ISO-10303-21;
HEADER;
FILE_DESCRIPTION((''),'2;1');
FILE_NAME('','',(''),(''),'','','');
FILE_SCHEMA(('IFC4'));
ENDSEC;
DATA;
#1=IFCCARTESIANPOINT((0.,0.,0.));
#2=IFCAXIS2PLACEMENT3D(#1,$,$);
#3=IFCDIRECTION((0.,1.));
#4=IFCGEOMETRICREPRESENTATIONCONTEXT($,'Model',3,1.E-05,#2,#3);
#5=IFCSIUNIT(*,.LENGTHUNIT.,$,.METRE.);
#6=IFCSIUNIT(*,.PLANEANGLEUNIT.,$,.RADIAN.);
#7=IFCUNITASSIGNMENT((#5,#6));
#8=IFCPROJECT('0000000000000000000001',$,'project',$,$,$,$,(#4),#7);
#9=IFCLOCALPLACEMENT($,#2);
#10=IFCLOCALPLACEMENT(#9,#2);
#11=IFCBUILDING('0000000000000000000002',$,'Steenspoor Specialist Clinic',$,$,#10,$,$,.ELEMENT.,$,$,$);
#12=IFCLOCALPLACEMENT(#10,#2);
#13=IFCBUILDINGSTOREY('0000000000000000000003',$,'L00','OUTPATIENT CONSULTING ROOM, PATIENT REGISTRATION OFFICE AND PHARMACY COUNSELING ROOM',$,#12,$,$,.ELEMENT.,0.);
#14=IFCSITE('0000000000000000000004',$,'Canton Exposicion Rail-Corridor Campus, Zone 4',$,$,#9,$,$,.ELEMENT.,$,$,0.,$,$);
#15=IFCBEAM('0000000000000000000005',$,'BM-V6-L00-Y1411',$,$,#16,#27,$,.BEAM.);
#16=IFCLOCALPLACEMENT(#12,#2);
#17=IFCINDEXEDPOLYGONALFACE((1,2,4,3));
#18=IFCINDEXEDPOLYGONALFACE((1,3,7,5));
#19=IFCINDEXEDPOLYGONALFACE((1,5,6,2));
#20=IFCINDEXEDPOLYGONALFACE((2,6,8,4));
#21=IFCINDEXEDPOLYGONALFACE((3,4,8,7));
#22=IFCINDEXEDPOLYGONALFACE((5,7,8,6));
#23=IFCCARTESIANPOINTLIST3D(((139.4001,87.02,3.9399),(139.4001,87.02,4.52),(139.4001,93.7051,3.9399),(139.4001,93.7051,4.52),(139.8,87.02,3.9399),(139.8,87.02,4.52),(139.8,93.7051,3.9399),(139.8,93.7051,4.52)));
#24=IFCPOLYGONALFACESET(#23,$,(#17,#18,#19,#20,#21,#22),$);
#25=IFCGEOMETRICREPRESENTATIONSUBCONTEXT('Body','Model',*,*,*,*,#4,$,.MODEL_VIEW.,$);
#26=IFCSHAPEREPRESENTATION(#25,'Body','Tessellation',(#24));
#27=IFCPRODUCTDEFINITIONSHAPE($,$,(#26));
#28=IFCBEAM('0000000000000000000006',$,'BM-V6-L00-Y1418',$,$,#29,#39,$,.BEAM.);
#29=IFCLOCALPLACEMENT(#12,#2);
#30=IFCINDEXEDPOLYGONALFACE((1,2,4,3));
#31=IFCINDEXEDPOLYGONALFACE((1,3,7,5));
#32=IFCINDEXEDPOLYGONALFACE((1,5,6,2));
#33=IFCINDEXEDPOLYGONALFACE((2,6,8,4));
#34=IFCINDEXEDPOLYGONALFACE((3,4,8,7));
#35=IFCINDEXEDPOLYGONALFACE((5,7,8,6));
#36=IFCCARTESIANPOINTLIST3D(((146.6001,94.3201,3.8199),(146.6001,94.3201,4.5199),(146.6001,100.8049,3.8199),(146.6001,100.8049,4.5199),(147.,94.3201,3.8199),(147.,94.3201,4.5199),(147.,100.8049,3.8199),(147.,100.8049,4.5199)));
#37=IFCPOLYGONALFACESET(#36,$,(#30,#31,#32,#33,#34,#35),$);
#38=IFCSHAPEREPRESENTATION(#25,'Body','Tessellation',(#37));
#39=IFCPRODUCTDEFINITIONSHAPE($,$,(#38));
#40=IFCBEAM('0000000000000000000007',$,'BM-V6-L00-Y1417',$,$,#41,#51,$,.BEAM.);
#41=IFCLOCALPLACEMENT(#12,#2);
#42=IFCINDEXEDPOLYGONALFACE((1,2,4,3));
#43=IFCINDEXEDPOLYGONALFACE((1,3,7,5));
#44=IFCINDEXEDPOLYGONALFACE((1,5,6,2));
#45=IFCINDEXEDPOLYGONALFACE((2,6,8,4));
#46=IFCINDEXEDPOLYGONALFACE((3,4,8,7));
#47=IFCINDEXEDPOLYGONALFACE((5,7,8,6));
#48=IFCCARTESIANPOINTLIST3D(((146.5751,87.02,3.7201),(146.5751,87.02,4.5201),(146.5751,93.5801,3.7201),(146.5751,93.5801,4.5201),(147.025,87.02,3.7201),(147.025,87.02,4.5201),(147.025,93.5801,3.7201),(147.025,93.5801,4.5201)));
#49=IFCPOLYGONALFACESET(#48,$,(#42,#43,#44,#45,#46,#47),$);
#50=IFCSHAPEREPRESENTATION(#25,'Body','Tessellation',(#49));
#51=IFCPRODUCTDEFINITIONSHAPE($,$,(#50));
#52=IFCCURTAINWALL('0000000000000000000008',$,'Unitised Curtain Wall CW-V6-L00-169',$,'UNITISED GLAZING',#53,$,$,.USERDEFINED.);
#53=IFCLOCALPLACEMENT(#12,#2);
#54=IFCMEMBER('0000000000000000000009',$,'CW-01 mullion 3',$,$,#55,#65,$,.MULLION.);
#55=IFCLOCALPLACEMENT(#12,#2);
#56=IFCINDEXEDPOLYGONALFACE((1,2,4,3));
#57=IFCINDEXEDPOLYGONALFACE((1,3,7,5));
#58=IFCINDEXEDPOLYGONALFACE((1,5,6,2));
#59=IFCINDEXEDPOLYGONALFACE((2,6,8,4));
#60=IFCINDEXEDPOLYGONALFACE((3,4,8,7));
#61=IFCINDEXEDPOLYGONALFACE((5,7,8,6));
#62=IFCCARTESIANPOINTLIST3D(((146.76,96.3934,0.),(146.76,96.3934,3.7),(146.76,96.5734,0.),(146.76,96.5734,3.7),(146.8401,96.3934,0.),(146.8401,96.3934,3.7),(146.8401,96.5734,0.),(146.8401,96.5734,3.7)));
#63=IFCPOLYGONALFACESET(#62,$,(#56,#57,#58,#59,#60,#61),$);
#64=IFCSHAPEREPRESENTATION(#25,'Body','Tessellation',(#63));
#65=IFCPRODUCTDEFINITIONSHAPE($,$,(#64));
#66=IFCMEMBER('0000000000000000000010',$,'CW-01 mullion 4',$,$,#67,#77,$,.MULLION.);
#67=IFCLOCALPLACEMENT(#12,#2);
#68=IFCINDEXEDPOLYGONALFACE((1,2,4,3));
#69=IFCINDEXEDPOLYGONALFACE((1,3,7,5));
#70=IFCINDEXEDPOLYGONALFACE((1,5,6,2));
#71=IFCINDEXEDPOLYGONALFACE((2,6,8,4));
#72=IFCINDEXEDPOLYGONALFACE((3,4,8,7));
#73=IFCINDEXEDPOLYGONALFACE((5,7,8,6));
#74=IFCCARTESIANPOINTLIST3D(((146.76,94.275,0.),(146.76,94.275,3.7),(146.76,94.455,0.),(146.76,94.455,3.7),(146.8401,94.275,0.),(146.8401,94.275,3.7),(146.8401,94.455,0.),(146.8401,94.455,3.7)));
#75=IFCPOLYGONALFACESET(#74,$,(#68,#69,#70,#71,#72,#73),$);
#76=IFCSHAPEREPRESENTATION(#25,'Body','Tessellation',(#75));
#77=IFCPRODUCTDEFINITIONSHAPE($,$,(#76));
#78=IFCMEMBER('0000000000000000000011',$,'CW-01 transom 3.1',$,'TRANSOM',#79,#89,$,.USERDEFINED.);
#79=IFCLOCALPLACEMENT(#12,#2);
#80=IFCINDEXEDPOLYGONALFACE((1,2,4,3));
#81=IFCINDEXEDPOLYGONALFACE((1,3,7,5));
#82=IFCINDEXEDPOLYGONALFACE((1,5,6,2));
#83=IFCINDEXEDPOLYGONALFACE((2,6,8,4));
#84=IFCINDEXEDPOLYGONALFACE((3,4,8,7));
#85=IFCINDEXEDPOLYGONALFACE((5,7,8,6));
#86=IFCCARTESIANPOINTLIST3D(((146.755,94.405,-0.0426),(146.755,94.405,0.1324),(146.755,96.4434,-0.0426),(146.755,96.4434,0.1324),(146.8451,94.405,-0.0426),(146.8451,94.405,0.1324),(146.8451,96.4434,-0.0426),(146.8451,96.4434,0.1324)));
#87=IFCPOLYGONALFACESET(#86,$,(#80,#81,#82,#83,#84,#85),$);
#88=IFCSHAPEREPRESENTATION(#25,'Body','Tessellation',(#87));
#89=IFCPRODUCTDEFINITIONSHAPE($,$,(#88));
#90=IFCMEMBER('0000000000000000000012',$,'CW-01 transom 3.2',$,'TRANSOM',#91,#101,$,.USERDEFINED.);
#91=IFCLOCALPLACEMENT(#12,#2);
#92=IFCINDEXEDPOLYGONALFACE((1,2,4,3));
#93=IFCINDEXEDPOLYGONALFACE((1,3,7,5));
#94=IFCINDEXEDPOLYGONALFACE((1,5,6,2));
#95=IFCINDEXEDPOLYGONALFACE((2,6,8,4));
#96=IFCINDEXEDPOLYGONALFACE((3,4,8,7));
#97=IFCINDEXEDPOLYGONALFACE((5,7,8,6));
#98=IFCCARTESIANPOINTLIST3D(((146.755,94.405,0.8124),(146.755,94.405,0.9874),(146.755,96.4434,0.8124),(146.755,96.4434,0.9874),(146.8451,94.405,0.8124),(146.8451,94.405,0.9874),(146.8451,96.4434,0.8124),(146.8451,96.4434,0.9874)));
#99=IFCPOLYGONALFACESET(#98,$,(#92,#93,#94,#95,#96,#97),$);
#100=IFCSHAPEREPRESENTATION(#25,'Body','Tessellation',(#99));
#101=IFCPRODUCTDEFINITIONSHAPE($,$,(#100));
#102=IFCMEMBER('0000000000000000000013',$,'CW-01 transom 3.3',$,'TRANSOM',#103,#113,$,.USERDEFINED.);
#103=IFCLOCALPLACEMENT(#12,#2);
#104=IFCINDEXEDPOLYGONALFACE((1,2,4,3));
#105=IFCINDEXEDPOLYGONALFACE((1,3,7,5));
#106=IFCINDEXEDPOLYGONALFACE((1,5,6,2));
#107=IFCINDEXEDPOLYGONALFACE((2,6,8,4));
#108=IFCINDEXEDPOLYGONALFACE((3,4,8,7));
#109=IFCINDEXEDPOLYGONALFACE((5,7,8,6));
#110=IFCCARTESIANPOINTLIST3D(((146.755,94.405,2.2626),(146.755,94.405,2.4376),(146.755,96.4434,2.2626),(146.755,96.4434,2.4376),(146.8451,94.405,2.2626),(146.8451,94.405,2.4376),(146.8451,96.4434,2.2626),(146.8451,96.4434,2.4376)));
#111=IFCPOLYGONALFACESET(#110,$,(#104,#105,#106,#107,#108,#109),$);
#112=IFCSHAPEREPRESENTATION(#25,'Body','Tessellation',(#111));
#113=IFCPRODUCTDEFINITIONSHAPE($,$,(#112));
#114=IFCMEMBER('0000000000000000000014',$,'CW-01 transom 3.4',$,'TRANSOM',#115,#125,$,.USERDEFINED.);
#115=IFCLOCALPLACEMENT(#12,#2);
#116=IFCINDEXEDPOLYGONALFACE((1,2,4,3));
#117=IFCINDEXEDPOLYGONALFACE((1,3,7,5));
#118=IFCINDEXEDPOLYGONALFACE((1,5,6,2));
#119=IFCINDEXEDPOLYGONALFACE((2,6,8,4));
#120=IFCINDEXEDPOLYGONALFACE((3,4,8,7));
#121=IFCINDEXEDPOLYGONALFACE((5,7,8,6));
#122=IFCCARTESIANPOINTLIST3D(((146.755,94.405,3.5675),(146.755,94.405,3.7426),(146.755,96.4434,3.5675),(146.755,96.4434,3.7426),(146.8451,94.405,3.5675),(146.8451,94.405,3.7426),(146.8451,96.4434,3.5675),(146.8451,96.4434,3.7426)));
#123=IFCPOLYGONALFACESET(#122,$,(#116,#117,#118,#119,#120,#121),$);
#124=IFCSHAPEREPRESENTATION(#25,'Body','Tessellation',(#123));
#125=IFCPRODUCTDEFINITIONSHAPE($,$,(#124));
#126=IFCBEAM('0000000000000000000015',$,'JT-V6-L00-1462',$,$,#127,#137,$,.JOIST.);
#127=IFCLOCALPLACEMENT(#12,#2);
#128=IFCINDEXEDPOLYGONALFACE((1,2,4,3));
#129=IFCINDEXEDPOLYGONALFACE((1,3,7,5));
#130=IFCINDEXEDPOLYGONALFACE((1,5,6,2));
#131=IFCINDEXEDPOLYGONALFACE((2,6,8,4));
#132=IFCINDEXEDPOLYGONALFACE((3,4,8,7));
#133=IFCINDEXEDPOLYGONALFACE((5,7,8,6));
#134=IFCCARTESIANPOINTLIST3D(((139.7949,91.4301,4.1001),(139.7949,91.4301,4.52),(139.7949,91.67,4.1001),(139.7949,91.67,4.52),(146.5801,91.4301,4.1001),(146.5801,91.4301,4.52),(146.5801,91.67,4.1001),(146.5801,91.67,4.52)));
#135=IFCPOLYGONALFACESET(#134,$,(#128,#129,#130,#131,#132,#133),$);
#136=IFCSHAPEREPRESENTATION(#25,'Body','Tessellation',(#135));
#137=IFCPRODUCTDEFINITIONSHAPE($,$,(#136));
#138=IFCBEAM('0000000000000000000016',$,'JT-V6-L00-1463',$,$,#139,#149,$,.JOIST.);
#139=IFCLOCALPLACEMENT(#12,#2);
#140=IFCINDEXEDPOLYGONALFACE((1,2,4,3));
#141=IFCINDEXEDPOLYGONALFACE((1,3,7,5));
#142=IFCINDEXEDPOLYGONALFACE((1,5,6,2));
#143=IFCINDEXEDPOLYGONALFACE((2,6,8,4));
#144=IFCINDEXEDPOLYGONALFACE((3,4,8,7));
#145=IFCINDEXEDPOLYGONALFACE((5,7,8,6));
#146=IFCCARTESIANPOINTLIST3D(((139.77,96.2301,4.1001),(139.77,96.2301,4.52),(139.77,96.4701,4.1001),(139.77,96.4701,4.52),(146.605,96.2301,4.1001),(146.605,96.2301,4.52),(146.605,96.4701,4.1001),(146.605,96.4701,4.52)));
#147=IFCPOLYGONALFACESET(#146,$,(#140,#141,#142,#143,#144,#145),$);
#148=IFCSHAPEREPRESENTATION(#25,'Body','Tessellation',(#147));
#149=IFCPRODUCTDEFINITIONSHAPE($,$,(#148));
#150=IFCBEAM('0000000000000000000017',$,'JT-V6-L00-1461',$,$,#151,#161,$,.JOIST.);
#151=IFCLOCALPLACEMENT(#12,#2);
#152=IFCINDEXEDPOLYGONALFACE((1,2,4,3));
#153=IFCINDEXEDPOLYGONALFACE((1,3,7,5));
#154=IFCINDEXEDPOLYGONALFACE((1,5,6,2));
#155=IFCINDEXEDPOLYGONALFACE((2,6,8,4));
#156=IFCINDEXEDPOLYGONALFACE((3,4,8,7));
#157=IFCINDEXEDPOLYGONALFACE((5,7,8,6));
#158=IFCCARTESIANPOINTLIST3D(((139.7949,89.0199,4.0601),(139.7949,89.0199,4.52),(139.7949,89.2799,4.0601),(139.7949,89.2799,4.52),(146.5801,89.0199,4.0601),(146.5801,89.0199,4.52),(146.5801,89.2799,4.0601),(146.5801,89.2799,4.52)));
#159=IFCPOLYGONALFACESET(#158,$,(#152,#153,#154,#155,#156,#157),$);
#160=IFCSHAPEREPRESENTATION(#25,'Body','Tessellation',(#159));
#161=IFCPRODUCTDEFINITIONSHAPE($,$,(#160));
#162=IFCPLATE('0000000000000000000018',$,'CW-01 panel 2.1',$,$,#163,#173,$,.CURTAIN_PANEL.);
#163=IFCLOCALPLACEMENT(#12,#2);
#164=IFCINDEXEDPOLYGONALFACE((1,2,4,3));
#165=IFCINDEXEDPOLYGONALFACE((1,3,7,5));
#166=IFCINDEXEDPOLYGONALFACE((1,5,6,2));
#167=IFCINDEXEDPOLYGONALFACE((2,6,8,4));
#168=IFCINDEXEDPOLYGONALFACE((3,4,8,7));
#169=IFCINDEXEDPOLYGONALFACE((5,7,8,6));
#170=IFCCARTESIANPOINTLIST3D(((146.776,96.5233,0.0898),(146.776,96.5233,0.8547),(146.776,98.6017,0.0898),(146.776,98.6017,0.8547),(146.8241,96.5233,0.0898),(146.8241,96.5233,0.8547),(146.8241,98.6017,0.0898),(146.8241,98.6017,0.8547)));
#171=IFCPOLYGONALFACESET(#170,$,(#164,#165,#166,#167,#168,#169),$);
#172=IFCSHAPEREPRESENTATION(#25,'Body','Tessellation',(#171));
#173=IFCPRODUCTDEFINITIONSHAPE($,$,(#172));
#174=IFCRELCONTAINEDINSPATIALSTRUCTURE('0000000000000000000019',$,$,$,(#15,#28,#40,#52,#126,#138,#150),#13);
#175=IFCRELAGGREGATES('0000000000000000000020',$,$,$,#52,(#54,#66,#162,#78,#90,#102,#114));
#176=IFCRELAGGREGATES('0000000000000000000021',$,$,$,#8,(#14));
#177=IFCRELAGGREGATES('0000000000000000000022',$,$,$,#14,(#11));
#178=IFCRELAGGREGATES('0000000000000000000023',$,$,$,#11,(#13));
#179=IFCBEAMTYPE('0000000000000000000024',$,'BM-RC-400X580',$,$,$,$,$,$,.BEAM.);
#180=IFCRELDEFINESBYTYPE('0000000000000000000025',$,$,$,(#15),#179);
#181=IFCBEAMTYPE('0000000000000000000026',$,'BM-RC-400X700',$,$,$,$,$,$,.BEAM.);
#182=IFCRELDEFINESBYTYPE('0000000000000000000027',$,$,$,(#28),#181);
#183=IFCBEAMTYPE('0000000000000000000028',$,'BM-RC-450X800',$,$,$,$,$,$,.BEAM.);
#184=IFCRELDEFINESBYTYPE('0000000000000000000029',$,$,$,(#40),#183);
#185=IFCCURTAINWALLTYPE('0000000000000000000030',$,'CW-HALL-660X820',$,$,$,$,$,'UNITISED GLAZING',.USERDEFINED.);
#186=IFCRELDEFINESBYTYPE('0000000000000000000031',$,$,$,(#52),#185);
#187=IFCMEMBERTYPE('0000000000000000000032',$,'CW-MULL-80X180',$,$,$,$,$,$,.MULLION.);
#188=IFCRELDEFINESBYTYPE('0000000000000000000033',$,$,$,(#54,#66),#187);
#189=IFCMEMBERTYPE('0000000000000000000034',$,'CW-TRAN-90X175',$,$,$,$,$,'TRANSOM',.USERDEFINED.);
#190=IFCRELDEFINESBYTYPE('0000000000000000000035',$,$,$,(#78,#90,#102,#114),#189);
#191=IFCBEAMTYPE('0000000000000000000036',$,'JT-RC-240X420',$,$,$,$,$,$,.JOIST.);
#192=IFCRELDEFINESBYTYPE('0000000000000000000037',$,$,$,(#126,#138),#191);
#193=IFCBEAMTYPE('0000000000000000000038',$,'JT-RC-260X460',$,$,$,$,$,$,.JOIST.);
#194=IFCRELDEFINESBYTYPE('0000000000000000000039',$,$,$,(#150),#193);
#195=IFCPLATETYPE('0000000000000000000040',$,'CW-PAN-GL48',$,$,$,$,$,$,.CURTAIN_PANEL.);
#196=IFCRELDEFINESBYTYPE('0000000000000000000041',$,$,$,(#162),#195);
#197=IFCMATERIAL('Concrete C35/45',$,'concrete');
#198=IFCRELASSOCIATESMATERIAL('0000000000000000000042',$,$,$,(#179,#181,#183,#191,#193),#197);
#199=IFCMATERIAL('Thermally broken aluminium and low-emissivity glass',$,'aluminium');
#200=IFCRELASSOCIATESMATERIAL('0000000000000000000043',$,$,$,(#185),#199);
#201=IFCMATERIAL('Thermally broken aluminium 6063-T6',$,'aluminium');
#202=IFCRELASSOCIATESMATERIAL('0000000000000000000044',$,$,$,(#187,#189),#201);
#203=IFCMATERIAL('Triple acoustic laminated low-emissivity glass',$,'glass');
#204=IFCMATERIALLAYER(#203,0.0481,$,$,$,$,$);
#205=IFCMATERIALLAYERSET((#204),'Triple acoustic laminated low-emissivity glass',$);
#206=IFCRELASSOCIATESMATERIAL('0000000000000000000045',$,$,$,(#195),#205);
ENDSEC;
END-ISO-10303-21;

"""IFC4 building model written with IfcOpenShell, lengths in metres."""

from ifc_helpers import new_model, si_unit, direction, frame, origin, origin_2d, place, context, subcontext, project, spatial, rectangle, extrude, material, layer, layer_set, material_profile, profile_set, type_object, element, aggregate, save


model = new_model("IFC4")

# Units and contexts
model_context = context("Model", 3, precision=1e-05, world=origin(), true_north=direction((0.0, 1.0)))
body_context = subcontext(model_context, "Body", "Model", "MODEL_VIEW")
ifc_project = project(units=[si_unit("LENGTHUNIT", "METRE"), si_unit("PLANEANGLEUNIT", "RADIAN")], contexts=[model_context])

# Site, building, storey
site_placement = place(None, origin())
site = spatial("IfcSite", under=ifc_project, at=site_placement, Name="Canton Exposicion Rail-Corridor Campus, Zone 4", CompositionType="ELEMENT", RefElevation=0.0)
building_placement = place(site_placement, origin())
building = spatial("IfcBuilding", under=site, at=building_placement, Name="Steenspoor Specialist Clinic", CompositionType="ELEMENT")
storey_placement = place(building_placement, origin())
storey = spatial("IfcBuildingStorey", under=building, at=storey_placement, Name="L00", Description="OUTPATIENT CONSULTING ROOM, PATIENT REGISTRATION OFFICE AND PHARMACY COUNSELING ROOM", CompositionType="ELEMENT", Elevation=0.0)

# Shared definitions
ifc_material_1 = material(Name="Concrete C35/45", Category="concrete")

# Beams
ifc_material_profile_1 = material_profile(ifc_material_1, rectangle(XDim=0.3999, YDim=0.5801, at=origin_2d()), Name="RC-BM-400X580")
ifc_profile_set_1 = profile_set([ifc_material_profile_1], Name="Concrete C35/45")
beam_type_1 = type_object("IfcBeamType", Name="BM-RC-400X580", PredefinedType="BEAM", material=ifc_profile_set_1)
beam_1_placement = place(storey_placement, frame((139.6001, 87.02, 4.23), z_axis=(0.0, 1.0, 0.0), x_axis=(-1.0, 0.0, 0.0)))
element("IfcBeam", 1, at=beam_1_placement, inside=storey, type_object=beam_type_1, Name="BM-V6-L00-Y1411", PredefinedType="BEAM", context=body_context, shape_type="SweptSolid", body=[
    extrude(rectangle(XDim=0.3999, YDim=0.5801, at=origin_2d()), origin(), (0.0, 0.0, 1.0), 6.6851),
])
ifc_material_profile_2 = material_profile(ifc_material_1, rectangle(XDim=0.3999, YDim=0.7, at=origin_2d()), Name="RC-BM-400X700")
ifc_profile_set_2 = profile_set([ifc_material_profile_2], Name="Concrete C35/45")
beam_type_2 = type_object("IfcBeamType", Name="BM-RC-400X700", PredefinedType="BEAM", material=ifc_profile_set_2)
beam_2_placement = place(storey_placement, frame((146.8, 94.3201, 4.1699), z_axis=(0.0, 1.0, 0.0), x_axis=(-1.0, 0.0, 0.0)))
element("IfcBeam", 2, at=beam_2_placement, inside=storey, type_object=beam_type_2, Name="BM-V6-L00-Y1418", PredefinedType="BEAM", context=body_context, shape_type="SweptSolid", body=[
    extrude(rectangle(XDim=0.3999, YDim=0.7, at=origin_2d()), origin(), (0.0, 0.0, 1.0), 6.4849),
])
ifc_material_profile_3 = material_profile(ifc_material_1, rectangle(XDim=0.45, YDim=0.8, at=origin_2d()), Name="RC-BM-450X800")
ifc_profile_set_3 = profile_set([ifc_material_profile_3], Name="Concrete C35/45")
beam_type_3 = type_object("IfcBeamType", Name="BM-RC-450X800", PredefinedType="BEAM", material=ifc_profile_set_3)
beam_3_placement = place(storey_placement, frame((146.8, 87.02, 4.1201), z_axis=(0.0, 1.0, 0.0), x_axis=(-1.0, 0.0, 0.0)))
element("IfcBeam", 3, at=beam_3_placement, inside=storey, type_object=beam_type_3, Name="BM-V6-L00-Y1417", PredefinedType="BEAM", context=body_context, shape_type="SweptSolid", body=[
    extrude(rectangle(XDim=0.45, YDim=0.8, at=origin_2d()), origin(), (0.0, 0.0, 1.0), 6.5601),
])

# Curtain wall, members
ifc_material_2 = material(Name="Thermally broken aluminium and low-emissivity glass", Category="aluminium")
curtain_wall_type = type_object("IfcCurtainWallType", Name="CW-HALL-660X820", ElementType="UNITISED GLAZING", PredefinedType="USERDEFINED", material=ifc_material_2)
curtain_wall_placement = place(storey_placement, origin())
curtain_wall = element("IfcCurtainWall", 4, at=curtain_wall_placement, inside=storey, type_object=curtain_wall_type, Name="Unitised Curtain Wall CW-V6-L00-169", ObjectType="UNITISED GLAZING", PredefinedType="USERDEFINED")
ifc_material_3 = material(Name="Thermally broken aluminium 6063-T6", Category="aluminium")
ifc_material_profile_4 = material_profile(ifc_material_3, rectangle(XDim=0.0801, YDim=0.1799, at=origin_2d()), Name="CWM-80X180")
ifc_profile_set_4 = profile_set([ifc_material_profile_4], Name="Thermally broken aluminium 6063-T6")
member_type_1 = type_object("IfcMemberType", Name="CW-MULL-80X180", PredefinedType="MULLION", material=ifc_profile_set_4)
member_1_placement = place(storey_placement, frame((146.8, 96.4834, 0.0), z_axis=(0.0, 0.0, 1.0), x_axis=(1.0, 0.0, 0.0)))
member_1 = element("IfcMember", 5, at=member_1_placement, type_object=member_type_1, Name="CW-01 mullion 3", PredefinedType="MULLION", context=body_context, shape_type="SweptSolid", body=[
    extrude(rectangle(XDim=0.0801, YDim=0.1799, at=origin_2d()), origin(), (0.0, 0.0, 1.0), 3.7),
])
member_2_placement = place(storey_placement, frame((146.8, 94.365, 0.0), z_axis=(0.0, 0.0, 1.0), x_axis=(1.0, 0.0, 0.0)))
member_2 = element("IfcMember", 6, at=member_2_placement, type_object=member_type_1, Name="CW-01 mullion 4", PredefinedType="MULLION", context=body_context, shape_type="SweptSolid", body=[
    extrude(rectangle(XDim=0.0801, YDim=0.1799, at=origin_2d()), origin(), (0.0, 0.0, 1.0), 3.7),
])
ifc_material_profile_5 = material_profile(ifc_material_3, rectangle(XDim=0.0901, YDim=0.175, at=origin_2d()), Name="CWT-90X175")
ifc_profile_set_5 = profile_set([ifc_material_profile_5], Name="Thermally broken aluminium 6063-T6")
member_type_2 = type_object("IfcMemberType", Name="CW-TRAN-90X175", ElementType="TRANSOM", PredefinedType="USERDEFINED", material=ifc_profile_set_5)
member_3_placement = place(storey_placement, frame((146.8, 96.4434, 0.0449), z_axis=(0.0, -1.0, 0.0), x_axis=(1.0, 0.0, 0.0)))
member_3 = element("IfcMember", 7, at=member_3_placement, type_object=member_type_2, Name="CW-01 transom 3.1", ObjectType="TRANSOM", PredefinedType="USERDEFINED", context=body_context, shape_type="SweptSolid", body=[
    extrude(rectangle(XDim=0.0901, YDim=0.175, at=origin_2d()), origin(), (0.0, 0.0, 1.0), 2.0383),
])
member_4_placement = place(storey_placement, frame((146.8, 96.4434, 0.8999), z_axis=(0.0, -1.0, 0.0), x_axis=(1.0, 0.0, 0.0)))
member_4 = element("IfcMember", 8, at=member_4_placement, type_object=member_type_2, Name="CW-01 transom 3.2", ObjectType="TRANSOM", PredefinedType="USERDEFINED", context=body_context, shape_type="SweptSolid", body=[
    extrude(rectangle(XDim=0.0901, YDim=0.175, at=origin_2d()), origin(), (0.0, 0.0, 1.0), 2.0383),
])
member_5_placement = place(storey_placement, frame((146.8, 96.4434, 2.3501), z_axis=(0.0, -1.0, 0.0), x_axis=(1.0, 0.0, 0.0)))
member_5 = element("IfcMember", 9, at=member_5_placement, type_object=member_type_2, Name="CW-01 transom 3.3", ObjectType="TRANSOM", PredefinedType="USERDEFINED", context=body_context, shape_type="SweptSolid", body=[
    extrude(rectangle(XDim=0.0901, YDim=0.175, at=origin_2d()), origin(), (0.0, 0.0, 1.0), 2.0383),
])
member_6_placement = place(storey_placement, frame((146.8, 96.4434, 3.655), z_axis=(0.0, -1.0, 0.0), x_axis=(1.0, 0.0, 0.0)))
member_6 = element("IfcMember", 10, at=member_6_placement, type_object=member_type_2, Name="CW-01 transom 3.4", ObjectType="TRANSOM", PredefinedType="USERDEFINED", context=body_context, shape_type="SweptSolid", body=[
    extrude(rectangle(XDim=0.0901, YDim=0.175, at=origin_2d()), origin(), (0.0, 0.0, 1.0), 2.0383),
])

# Beams
ifc_material_profile_6 = material_profile(ifc_material_1, rectangle(XDim=0.24, YDim=0.4199, at=origin_2d()), Name="RC-JT-240X420")
ifc_profile_set_6 = profile_set([ifc_material_profile_6], Name="Concrete C35/45")
beam_type_4 = type_object("IfcBeamType", Name="JT-RC-240X420", PredefinedType="JOIST", material=ifc_profile_set_6)
beam_4_placement = place(storey_placement, frame((139.7949, 91.55, 4.3101), z_axis=(1.0, 0.0, 0.0), x_axis=(0.0, 1.0, 0.0)))
element("IfcBeam", 11, at=beam_4_placement, inside=storey, type_object=beam_type_4, Name="JT-V6-L00-1462", PredefinedType="JOIST", context=body_context, shape_type="SweptSolid", body=[
    extrude(rectangle(XDim=0.24, YDim=0.4199, at=origin_2d()), origin(), (0.0, 0.0, 1.0), 6.7852),
])
beam_5_placement = place(storey_placement, frame((139.77, 96.3501, 4.3101), z_axis=(1.0, 0.0, 0.0), x_axis=(0.0, 1.0, 0.0)))
element("IfcBeam", 12, at=beam_5_placement, inside=storey, type_object=beam_type_4, Name="JT-V6-L00-1463", PredefinedType="JOIST", context=body_context, shape_type="SweptSolid", body=[
    extrude(rectangle(XDim=0.24, YDim=0.4199, at=origin_2d()), origin(), (0.0, 0.0, 1.0), 6.835),
])
ifc_material_profile_7 = material_profile(ifc_material_1, rectangle(XDim=0.26, YDim=0.46, at=origin_2d()), Name="RC-JT-260X460")
ifc_profile_set_7 = profile_set([ifc_material_profile_7], Name="Concrete C35/45")
beam_type_5 = type_object("IfcBeamType", Name="JT-RC-260X460", PredefinedType="JOIST", material=ifc_profile_set_7)
beam_6_placement = place(storey_placement, frame((139.7949, 89.1499, 4.29), z_axis=(1.0, 0.0, 0.0), x_axis=(0.0, 1.0, 0.0)))
element("IfcBeam", 13, at=beam_6_placement, inside=storey, type_object=beam_type_5, Name="JT-V6-L00-1461", PredefinedType="JOIST", context=body_context, shape_type="SweptSolid", body=[
    extrude(rectangle(XDim=0.26, YDim=0.46, at=origin_2d()), origin(), (0.0, 0.0, 1.0), 6.7852),
])

# Plate
ifc_material_4 = material(Name="Triple acoustic laminated low-emissivity glass", Category="glass")
ifc_layer_1 = layer(ifc_material_4, 0.0481)
ifc_layer_set_1 = layer_set([ifc_layer_1], Name="Triple acoustic laminated low-emissivity glass")
plate_type = type_object("IfcPlateType", Name="CW-PAN-GL48", PredefinedType="CURTAIN_PANEL", material=ifc_layer_set_1)
plate_1_placement = place(storey_placement, frame((146.8, 97.5625, 0.0898), z_axis=(0.0, 0.0, 1.0), x_axis=(0.0, -1.0, 0.0)))
plate_1 = element("IfcPlate", 14, at=plate_1_placement, type_object=plate_type, Name="CW-01 panel 2.1", PredefinedType="CURTAIN_PANEL", context=body_context, shape_type="SweptSolid", body=[
    extrude(rectangle(XDim=2.0784, YDim=0.0481, at=origin_2d()), origin(), (0.0, 0.0, 1.0), 0.7649),
])
aggregate(curtain_wall, [member_1, member_2, plate_1, member_3, member_4, member_5, member_6])

save(model, "model.ifc")
